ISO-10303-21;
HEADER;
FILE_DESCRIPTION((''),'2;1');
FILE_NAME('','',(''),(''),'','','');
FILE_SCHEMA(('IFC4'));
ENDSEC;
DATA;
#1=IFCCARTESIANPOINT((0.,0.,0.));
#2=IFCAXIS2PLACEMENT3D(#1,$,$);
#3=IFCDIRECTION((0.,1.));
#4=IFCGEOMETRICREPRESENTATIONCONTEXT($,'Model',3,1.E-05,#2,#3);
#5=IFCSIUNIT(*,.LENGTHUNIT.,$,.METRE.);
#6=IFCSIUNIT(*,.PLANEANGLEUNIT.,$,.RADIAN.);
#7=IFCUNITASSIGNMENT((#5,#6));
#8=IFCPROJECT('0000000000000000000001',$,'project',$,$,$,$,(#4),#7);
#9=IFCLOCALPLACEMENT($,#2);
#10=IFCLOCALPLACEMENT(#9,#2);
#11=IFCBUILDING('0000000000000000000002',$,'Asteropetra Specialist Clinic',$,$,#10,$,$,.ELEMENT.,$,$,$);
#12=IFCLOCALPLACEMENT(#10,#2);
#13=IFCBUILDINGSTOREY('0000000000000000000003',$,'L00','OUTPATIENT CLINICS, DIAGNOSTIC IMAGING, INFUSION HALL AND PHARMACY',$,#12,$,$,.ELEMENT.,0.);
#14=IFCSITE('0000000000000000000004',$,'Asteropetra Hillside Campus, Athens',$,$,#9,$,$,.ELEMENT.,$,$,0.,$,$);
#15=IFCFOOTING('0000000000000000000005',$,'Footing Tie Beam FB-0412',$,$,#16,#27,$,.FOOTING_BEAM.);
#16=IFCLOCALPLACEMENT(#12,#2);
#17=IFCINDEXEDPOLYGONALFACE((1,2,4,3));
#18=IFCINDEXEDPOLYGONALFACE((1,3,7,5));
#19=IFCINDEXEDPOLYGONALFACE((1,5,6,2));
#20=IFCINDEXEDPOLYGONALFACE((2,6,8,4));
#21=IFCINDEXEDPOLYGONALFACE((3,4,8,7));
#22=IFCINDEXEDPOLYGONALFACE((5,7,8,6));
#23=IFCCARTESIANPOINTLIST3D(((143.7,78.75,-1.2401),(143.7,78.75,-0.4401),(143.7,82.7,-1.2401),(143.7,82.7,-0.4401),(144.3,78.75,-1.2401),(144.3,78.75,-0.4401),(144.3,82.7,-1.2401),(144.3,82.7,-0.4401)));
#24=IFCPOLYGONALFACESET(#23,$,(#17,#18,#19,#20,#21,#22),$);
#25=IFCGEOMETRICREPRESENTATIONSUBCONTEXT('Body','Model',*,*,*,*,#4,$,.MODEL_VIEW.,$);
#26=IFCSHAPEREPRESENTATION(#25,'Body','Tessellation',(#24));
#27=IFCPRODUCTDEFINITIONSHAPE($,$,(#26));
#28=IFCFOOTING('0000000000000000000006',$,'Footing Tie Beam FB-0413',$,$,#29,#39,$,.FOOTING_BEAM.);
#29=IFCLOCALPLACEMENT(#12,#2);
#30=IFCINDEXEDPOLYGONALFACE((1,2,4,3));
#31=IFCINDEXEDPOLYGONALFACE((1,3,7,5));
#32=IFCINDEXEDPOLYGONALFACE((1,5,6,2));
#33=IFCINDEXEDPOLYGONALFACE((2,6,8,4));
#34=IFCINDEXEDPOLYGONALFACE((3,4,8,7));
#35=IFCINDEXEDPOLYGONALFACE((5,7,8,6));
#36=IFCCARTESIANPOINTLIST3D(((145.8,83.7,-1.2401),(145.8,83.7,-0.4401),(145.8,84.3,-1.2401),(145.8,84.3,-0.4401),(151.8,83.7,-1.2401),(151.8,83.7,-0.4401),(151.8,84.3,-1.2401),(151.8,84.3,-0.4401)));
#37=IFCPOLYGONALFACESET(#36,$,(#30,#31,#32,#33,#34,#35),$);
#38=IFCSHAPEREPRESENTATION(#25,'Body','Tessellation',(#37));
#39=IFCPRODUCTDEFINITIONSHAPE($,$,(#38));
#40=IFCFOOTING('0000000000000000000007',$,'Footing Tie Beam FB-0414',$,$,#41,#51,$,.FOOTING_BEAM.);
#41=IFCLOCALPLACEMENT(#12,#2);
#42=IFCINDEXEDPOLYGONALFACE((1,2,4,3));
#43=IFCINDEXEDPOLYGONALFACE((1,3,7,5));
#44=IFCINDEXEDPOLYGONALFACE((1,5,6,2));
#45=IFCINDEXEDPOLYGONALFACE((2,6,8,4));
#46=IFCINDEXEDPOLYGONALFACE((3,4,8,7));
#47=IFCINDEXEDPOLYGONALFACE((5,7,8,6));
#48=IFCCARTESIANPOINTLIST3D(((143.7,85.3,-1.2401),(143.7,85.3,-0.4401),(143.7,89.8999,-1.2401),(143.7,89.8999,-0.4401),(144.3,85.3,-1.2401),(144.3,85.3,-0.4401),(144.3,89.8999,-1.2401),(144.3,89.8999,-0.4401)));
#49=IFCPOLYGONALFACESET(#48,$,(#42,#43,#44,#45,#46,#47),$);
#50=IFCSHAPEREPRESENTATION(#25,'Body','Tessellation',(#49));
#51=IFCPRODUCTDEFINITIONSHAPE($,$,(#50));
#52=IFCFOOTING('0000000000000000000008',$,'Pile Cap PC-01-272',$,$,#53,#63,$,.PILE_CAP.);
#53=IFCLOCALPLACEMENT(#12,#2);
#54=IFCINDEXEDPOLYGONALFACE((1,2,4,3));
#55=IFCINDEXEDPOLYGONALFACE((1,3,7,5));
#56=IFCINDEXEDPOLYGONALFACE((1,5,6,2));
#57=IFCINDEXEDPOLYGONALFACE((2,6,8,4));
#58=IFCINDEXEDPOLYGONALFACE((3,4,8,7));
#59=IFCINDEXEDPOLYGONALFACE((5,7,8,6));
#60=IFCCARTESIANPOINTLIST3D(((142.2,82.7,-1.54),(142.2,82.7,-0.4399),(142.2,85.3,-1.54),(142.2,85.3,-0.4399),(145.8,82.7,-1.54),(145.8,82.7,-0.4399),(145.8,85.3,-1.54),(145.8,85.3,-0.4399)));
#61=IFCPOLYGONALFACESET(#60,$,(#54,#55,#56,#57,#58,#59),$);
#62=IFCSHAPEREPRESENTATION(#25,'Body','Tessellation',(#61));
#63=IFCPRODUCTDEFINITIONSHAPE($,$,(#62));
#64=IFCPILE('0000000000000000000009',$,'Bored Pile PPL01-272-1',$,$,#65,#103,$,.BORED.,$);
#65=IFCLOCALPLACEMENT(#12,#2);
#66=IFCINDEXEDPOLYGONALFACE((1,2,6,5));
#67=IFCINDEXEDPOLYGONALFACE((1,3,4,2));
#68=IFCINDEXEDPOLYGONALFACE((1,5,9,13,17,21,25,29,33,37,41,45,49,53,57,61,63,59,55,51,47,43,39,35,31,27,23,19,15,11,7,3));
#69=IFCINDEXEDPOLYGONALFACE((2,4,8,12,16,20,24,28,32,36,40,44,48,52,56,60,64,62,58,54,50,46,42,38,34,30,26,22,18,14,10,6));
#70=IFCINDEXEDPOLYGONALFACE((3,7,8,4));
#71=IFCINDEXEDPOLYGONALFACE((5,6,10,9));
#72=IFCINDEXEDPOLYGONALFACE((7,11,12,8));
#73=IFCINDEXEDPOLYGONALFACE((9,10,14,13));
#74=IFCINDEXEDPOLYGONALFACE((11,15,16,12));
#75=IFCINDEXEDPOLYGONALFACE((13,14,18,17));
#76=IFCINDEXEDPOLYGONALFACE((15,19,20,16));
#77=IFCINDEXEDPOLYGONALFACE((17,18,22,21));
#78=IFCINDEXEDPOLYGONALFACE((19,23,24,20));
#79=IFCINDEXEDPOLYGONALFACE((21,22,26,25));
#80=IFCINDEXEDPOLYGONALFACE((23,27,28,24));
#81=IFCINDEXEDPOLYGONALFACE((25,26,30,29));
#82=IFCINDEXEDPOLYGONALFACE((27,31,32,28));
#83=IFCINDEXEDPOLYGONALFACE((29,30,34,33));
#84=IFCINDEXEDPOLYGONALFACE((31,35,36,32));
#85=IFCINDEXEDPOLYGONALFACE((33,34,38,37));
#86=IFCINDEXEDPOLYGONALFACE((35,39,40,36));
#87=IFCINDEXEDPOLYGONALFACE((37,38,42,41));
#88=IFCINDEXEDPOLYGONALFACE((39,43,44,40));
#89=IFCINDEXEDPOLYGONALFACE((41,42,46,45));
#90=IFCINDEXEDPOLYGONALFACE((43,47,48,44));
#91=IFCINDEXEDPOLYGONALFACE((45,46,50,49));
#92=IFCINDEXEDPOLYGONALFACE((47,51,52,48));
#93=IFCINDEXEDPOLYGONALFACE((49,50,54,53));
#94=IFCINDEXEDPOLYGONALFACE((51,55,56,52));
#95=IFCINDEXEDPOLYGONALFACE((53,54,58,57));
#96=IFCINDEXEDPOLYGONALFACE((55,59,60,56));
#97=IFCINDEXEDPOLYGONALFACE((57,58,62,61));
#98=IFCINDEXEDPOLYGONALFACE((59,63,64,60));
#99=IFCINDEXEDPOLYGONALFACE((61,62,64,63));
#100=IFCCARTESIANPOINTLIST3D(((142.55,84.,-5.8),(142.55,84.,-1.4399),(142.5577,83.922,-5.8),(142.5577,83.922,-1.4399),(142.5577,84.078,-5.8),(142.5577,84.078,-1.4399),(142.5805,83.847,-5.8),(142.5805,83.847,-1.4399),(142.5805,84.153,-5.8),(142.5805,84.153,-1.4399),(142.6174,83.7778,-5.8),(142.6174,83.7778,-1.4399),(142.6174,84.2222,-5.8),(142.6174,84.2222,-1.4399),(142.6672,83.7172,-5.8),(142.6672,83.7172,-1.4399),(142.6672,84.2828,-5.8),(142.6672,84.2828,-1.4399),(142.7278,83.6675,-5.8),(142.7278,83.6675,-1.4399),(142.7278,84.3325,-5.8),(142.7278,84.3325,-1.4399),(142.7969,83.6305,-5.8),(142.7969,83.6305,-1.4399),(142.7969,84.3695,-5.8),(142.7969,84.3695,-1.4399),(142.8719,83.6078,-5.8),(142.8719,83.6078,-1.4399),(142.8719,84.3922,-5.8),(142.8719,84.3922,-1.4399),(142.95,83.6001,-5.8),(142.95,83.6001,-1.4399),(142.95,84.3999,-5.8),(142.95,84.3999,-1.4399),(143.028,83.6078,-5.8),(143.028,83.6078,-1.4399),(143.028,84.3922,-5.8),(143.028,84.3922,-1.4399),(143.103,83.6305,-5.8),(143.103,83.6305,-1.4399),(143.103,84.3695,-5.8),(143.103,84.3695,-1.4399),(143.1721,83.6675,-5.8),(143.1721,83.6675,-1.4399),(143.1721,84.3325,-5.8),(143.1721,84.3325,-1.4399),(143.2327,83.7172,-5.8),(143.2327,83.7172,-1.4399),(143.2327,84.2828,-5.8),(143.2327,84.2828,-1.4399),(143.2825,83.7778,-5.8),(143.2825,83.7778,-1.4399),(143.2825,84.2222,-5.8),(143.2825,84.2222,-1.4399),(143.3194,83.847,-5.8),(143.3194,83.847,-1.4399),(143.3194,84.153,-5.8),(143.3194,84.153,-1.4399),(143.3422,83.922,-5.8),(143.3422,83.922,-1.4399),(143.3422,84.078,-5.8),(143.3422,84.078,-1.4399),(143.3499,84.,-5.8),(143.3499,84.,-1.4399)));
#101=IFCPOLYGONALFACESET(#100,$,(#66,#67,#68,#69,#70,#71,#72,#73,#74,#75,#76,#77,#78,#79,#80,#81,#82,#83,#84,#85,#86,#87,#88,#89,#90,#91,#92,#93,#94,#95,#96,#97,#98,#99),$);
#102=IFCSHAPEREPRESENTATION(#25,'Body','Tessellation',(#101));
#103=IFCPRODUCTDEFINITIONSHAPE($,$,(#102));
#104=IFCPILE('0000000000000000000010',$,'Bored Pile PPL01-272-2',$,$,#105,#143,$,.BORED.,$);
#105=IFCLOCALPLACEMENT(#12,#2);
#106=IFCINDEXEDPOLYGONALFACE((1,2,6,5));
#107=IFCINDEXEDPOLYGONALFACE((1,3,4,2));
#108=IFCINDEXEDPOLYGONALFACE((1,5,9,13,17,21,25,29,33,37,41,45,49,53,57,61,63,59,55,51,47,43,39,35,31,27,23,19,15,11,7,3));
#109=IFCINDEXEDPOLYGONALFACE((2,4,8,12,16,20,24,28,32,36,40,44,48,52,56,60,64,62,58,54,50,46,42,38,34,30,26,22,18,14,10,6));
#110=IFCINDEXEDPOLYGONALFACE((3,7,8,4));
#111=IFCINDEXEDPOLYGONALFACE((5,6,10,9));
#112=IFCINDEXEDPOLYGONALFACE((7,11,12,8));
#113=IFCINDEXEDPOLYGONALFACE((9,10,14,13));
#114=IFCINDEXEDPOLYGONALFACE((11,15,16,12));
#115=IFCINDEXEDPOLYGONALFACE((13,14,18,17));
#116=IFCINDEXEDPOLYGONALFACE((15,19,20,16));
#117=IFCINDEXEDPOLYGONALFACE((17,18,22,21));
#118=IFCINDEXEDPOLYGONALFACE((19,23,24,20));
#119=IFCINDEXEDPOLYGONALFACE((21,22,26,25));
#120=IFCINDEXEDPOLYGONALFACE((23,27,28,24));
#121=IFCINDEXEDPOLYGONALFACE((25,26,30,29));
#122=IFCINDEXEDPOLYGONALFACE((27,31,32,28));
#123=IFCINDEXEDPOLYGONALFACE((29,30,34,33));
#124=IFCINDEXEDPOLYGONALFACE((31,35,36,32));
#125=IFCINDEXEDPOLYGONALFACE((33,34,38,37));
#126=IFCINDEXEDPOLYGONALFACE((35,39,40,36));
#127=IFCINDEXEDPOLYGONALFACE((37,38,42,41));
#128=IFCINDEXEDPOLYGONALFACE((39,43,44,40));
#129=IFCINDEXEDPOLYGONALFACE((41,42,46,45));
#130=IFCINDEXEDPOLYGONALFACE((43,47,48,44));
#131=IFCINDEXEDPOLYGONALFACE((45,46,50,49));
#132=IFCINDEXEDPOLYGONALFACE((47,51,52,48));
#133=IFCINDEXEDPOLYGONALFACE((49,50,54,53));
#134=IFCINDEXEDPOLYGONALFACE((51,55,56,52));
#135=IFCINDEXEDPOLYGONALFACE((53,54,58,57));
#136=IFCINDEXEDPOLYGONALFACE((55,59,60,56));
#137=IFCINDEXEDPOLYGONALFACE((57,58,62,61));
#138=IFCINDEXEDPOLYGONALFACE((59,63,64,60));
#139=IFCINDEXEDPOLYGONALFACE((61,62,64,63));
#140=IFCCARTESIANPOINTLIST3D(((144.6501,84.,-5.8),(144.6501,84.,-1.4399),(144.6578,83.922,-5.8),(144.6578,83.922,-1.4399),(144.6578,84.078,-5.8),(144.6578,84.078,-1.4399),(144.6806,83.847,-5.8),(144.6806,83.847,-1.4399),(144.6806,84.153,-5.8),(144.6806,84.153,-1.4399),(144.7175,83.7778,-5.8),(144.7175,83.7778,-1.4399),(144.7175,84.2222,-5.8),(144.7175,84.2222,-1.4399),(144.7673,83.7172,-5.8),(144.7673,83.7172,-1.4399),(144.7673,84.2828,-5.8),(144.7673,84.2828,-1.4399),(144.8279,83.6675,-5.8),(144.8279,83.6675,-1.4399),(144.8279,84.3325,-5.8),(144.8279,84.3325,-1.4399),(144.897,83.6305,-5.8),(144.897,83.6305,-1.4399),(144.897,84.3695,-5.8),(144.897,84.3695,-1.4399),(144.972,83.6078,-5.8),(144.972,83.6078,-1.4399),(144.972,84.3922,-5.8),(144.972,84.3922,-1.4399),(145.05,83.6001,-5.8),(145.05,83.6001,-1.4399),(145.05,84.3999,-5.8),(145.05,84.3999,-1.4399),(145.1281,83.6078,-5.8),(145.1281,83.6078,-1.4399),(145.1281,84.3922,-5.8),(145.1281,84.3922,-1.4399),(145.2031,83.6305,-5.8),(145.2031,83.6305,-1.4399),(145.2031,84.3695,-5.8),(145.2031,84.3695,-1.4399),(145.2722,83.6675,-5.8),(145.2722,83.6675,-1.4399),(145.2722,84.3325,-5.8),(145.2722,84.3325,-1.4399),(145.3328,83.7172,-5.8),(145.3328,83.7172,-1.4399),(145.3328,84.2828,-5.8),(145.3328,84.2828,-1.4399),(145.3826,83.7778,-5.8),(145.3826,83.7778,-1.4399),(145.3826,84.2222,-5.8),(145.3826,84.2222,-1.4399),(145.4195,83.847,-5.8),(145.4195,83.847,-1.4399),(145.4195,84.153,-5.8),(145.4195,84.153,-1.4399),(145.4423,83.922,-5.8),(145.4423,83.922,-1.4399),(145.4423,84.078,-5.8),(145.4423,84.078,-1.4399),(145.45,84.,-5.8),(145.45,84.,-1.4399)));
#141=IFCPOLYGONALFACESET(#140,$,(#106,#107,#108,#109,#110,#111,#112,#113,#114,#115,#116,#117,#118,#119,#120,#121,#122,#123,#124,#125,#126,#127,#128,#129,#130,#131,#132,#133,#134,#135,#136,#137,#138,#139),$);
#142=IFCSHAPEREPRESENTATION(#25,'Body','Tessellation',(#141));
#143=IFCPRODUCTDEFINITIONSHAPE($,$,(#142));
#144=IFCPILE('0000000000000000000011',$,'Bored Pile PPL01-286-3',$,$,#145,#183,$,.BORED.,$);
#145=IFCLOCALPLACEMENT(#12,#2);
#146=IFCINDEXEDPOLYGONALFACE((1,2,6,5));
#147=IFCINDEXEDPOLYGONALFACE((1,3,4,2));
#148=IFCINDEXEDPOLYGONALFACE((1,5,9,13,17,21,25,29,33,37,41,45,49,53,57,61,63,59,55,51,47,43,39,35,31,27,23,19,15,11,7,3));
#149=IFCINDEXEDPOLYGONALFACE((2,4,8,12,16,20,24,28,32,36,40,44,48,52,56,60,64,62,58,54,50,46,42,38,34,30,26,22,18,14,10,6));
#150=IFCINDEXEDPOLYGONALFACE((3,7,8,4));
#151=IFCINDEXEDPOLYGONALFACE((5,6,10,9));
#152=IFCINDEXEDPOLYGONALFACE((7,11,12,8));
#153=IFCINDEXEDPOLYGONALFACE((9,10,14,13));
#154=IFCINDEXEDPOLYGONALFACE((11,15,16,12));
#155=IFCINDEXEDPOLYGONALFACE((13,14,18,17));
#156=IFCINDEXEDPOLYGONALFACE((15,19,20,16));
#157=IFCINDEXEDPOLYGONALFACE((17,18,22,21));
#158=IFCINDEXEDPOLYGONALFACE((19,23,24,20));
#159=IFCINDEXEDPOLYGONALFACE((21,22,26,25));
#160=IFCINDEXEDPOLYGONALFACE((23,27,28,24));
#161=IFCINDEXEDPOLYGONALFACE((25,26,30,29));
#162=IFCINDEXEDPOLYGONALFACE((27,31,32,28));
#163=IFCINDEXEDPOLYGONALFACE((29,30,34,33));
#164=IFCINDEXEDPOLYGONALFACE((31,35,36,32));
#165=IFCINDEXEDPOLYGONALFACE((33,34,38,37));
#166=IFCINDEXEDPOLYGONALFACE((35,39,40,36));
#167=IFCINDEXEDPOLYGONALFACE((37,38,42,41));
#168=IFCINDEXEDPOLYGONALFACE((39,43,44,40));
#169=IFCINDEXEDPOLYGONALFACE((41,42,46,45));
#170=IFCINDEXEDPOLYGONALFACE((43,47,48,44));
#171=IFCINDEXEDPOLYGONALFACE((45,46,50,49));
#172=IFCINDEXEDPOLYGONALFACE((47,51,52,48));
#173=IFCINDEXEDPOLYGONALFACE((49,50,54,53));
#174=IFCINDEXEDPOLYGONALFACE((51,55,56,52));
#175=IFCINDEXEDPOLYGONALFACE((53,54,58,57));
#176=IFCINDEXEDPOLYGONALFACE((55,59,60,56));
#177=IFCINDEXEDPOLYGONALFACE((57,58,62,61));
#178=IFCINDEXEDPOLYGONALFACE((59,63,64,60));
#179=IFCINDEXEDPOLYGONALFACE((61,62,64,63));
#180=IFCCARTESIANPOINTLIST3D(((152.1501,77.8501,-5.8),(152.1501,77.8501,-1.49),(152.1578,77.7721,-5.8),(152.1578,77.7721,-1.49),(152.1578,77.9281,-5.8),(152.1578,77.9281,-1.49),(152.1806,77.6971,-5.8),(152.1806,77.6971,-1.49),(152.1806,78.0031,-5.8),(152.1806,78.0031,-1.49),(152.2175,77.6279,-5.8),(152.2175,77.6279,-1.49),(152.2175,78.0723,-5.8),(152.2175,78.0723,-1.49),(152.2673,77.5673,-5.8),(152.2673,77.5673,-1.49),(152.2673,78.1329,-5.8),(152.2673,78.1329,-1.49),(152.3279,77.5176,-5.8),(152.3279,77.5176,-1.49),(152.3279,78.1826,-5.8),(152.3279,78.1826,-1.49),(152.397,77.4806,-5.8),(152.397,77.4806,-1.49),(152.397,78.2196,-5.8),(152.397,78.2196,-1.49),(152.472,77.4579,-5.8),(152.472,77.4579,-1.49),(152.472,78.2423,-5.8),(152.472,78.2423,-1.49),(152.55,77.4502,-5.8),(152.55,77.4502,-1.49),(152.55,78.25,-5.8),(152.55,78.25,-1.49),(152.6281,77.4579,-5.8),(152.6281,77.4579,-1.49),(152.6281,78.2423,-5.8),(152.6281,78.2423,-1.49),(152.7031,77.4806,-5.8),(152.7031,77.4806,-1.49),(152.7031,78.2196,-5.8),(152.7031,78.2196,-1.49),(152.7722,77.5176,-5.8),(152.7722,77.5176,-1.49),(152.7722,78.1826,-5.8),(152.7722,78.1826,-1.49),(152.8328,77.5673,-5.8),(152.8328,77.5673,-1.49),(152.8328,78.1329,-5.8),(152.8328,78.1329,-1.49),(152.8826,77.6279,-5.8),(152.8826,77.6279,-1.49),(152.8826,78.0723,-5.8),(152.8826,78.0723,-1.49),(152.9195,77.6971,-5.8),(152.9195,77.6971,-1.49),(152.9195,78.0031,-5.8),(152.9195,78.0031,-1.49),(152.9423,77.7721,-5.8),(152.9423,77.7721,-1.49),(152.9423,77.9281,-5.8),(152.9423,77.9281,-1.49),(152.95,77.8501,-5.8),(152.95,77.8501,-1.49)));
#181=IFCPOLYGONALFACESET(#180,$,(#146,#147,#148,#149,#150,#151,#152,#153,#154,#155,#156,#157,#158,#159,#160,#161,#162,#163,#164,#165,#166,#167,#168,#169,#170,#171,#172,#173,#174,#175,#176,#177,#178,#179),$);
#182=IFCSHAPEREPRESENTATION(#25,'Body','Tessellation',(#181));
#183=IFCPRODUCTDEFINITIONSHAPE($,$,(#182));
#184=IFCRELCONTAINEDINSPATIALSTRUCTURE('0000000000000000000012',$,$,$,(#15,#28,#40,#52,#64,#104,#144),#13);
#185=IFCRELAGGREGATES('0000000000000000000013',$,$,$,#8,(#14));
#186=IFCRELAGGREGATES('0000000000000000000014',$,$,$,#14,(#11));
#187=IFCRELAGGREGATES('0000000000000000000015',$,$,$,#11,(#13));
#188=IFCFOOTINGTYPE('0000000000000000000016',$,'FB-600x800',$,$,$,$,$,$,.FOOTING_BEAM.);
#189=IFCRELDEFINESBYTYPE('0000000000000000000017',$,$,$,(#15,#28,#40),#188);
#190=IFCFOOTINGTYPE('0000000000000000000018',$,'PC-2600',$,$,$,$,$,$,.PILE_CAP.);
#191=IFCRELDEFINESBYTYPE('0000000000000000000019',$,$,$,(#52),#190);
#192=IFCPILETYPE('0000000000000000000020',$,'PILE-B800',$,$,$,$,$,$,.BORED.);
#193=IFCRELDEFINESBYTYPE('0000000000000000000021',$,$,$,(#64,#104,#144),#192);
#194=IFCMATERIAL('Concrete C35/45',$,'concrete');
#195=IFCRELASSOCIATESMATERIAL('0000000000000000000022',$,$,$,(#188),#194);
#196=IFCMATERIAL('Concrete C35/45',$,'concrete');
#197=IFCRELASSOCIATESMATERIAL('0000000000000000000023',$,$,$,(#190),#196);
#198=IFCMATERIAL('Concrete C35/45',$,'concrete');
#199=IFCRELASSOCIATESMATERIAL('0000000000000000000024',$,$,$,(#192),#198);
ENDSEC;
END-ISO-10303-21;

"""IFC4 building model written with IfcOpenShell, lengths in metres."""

from ifc_helpers import new_model, si_unit, direction, frame, origin, origin_2d, place, context, subcontext, project, spatial, rectangle, circle, extrude, material, material_profile, profile_set, type_object, element, save


model = new_model("IFC4")

# Units and contexts
model_context = context("Model", 3, precision=1e-05, world=origin(), true_north=direction((0.0, 1.0)))
body_context = subcontext(model_context, "Body", "Model", "MODEL_VIEW")
ifc_project = project(units=[si_unit("LENGTHUNIT", "METRE"), si_unit("PLANEANGLEUNIT", "RADIAN")], contexts=[model_context])

# Site, building, storey
site_placement = place(None, origin())
site = spatial("IfcSite", under=ifc_project, at=site_placement, Name="Asteropetra Hillside Campus, Athens", CompositionType="ELEMENT", RefElevation=0.0)
building_placement = place(site_placement, origin())
building = spatial("IfcBuilding", under=site, at=building_placement, Name="Asteropetra Specialist Clinic", CompositionType="ELEMENT")
storey_placement = place(building_placement, origin())
storey = spatial("IfcBuildingStorey", under=building, at=storey_placement, Name="L00", Description="OUTPATIENT CLINICS, DIAGNOSTIC IMAGING, INFUSION HALL AND PHARMACY", CompositionType="ELEMENT", Elevation=0.0)

# Footings
ifc_material_1 = material(Name="Concrete C35/45", Category="concrete")
ifc_material_profile_1 = material_profile(ifc_material_1, rectangle(XDim=0.6001, YDim=0.8, at=origin_2d()), Name="FB 600x800")
ifc_profile_set_1 = profile_set([ifc_material_profile_1], Name="Concrete C35/45")
footing_type_1 = type_object("IfcFootingType", Name="FB-600x800", PredefinedType="FOOTING_BEAM", material=ifc_profile_set_1)
footing_1_placement = place(storey_placement, frame((144.0, 78.75, -0.8401), z_axis=(0.0, 1.0, 0.0), x_axis=(-1.0, 0.0, 0.0)))
element("IfcFooting", 1, at=footing_1_placement, inside=storey, type_object=footing_type_1, Name="Footing Tie Beam FB-0412", PredefinedType="FOOTING_BEAM", context=body_context, shape_type="SweptSolid", body=[
    extrude(rectangle(XDim=0.6001, YDim=0.8, at=origin_2d()), origin(), (0.0, 0.0, 1.0), 3.95),
])
footing_2_placement = place(storey_placement, frame((145.8, 84.0, -0.8401), z_axis=(1.0, 0.0, 0.0), x_axis=(0.0, 1.0, 0.0)))
element("IfcFooting", 2, at=footing_2_placement, inside=storey, type_object=footing_type_1, Name="Footing Tie Beam FB-0413", PredefinedType="FOOTING_BEAM", context=body_context, shape_type="SweptSolid", body=[
    extrude(rectangle(XDim=0.6001, YDim=0.8, at=origin_2d()), origin(), (0.0, 0.0, 1.0), 6.0),
])
footing_3_placement = place(storey_placement, frame((144.0, 85.3, -0.8401), z_axis=(0.0, 1.0, 0.0), x_axis=(-1.0, 0.0, 0.0)))
element("IfcFooting", 3, at=footing_3_placement, inside=storey, type_object=footing_type_1, Name="Footing Tie Beam FB-0414", PredefinedType="FOOTING_BEAM", context=body_context, shape_type="SweptSolid", body=[
    extrude(rectangle(XDim=0.6001, YDim=0.8, at=origin_2d()), origin(), (0.0, 0.0, 1.0), 4.5999),
])
ifc_material_2 = material(Name="Concrete C35/45", Category="concrete")
footing_type_2 = type_object("IfcFootingType", Name="PC-2600", PredefinedType="PILE_CAP", material=ifc_material_2)
footing_4_placement = place(storey_placement, frame((144.0, 84.0, -1.54), z_axis=(0.0, 0.0, 1.0), x_axis=(1.0, 0.0, 0.0)))
element("IfcFooting", 4, at=footing_4_placement, inside=storey, type_object=footing_type_2, Name="Pile Cap PC-01-272", PredefinedType="PILE_CAP", context=body_context, shape_type="SweptSolid", body=[
    extrude(rectangle(XDim=3.6001, YDim=2.6001, at=origin_2d()), origin(), (0.0, 0.0, 1.0), 1.1001),
])

# Piles
ifc_material_3 = material(Name="Concrete C35/45", Category="concrete")
ifc_material_profile_2 = material_profile(ifc_material_3, circle(Radius=0.3999, at=origin_2d()), Name="PILE D800")
ifc_profile_set_2 = profile_set([ifc_material_profile_2], Name="Concrete C35/45")
pile_type_1 = type_object("IfcPileType", Name="PILE-B800", PredefinedType="BORED", material=ifc_profile_set_2)
for number, where, z_axis, x_axis, name in (
    (5, (142.95, 84.0, -1.4399), (0.0, 0.0, -1.0), (1.0, 0.0, 0.0), "Bored Pile PPL01-272-1"),
    (6, (145.05, 84.0, -1.4399), (0.0, 0.0, -1.0), (1.0, 0.0, 0.0), "Bored Pile PPL01-272-2"),
):
    element("IfcPile", number, at=place(storey_placement, frame(where, z_axis=z_axis, x_axis=x_axis)), inside=storey, type_object=pile_type_1, Name=name, PredefinedType="BORED", context=body_context, shape_type="SweptSolid", body=[
        extrude(circle(Radius=0.3999, at=origin_2d()), origin(), (0.0, 0.0, 1.0), 4.3601),
    ])
pile_1_placement = place(storey_placement, frame((152.55, 77.8501, -1.49), z_axis=(0.0, 0.0, -1.0), x_axis=(1.0, 0.0, 0.0)))
element("IfcPile", 7, at=pile_1_placement, inside=storey, type_object=pile_type_1, Name="Bored Pile PPL01-286-3", PredefinedType="BORED", context=body_context, shape_type="SweptSolid", body=[
    extrude(circle(Radius=0.3999, at=origin_2d()), origin(), (0.0, 0.0, 1.0), 4.3101),
])

save(model, "model.ifc")
